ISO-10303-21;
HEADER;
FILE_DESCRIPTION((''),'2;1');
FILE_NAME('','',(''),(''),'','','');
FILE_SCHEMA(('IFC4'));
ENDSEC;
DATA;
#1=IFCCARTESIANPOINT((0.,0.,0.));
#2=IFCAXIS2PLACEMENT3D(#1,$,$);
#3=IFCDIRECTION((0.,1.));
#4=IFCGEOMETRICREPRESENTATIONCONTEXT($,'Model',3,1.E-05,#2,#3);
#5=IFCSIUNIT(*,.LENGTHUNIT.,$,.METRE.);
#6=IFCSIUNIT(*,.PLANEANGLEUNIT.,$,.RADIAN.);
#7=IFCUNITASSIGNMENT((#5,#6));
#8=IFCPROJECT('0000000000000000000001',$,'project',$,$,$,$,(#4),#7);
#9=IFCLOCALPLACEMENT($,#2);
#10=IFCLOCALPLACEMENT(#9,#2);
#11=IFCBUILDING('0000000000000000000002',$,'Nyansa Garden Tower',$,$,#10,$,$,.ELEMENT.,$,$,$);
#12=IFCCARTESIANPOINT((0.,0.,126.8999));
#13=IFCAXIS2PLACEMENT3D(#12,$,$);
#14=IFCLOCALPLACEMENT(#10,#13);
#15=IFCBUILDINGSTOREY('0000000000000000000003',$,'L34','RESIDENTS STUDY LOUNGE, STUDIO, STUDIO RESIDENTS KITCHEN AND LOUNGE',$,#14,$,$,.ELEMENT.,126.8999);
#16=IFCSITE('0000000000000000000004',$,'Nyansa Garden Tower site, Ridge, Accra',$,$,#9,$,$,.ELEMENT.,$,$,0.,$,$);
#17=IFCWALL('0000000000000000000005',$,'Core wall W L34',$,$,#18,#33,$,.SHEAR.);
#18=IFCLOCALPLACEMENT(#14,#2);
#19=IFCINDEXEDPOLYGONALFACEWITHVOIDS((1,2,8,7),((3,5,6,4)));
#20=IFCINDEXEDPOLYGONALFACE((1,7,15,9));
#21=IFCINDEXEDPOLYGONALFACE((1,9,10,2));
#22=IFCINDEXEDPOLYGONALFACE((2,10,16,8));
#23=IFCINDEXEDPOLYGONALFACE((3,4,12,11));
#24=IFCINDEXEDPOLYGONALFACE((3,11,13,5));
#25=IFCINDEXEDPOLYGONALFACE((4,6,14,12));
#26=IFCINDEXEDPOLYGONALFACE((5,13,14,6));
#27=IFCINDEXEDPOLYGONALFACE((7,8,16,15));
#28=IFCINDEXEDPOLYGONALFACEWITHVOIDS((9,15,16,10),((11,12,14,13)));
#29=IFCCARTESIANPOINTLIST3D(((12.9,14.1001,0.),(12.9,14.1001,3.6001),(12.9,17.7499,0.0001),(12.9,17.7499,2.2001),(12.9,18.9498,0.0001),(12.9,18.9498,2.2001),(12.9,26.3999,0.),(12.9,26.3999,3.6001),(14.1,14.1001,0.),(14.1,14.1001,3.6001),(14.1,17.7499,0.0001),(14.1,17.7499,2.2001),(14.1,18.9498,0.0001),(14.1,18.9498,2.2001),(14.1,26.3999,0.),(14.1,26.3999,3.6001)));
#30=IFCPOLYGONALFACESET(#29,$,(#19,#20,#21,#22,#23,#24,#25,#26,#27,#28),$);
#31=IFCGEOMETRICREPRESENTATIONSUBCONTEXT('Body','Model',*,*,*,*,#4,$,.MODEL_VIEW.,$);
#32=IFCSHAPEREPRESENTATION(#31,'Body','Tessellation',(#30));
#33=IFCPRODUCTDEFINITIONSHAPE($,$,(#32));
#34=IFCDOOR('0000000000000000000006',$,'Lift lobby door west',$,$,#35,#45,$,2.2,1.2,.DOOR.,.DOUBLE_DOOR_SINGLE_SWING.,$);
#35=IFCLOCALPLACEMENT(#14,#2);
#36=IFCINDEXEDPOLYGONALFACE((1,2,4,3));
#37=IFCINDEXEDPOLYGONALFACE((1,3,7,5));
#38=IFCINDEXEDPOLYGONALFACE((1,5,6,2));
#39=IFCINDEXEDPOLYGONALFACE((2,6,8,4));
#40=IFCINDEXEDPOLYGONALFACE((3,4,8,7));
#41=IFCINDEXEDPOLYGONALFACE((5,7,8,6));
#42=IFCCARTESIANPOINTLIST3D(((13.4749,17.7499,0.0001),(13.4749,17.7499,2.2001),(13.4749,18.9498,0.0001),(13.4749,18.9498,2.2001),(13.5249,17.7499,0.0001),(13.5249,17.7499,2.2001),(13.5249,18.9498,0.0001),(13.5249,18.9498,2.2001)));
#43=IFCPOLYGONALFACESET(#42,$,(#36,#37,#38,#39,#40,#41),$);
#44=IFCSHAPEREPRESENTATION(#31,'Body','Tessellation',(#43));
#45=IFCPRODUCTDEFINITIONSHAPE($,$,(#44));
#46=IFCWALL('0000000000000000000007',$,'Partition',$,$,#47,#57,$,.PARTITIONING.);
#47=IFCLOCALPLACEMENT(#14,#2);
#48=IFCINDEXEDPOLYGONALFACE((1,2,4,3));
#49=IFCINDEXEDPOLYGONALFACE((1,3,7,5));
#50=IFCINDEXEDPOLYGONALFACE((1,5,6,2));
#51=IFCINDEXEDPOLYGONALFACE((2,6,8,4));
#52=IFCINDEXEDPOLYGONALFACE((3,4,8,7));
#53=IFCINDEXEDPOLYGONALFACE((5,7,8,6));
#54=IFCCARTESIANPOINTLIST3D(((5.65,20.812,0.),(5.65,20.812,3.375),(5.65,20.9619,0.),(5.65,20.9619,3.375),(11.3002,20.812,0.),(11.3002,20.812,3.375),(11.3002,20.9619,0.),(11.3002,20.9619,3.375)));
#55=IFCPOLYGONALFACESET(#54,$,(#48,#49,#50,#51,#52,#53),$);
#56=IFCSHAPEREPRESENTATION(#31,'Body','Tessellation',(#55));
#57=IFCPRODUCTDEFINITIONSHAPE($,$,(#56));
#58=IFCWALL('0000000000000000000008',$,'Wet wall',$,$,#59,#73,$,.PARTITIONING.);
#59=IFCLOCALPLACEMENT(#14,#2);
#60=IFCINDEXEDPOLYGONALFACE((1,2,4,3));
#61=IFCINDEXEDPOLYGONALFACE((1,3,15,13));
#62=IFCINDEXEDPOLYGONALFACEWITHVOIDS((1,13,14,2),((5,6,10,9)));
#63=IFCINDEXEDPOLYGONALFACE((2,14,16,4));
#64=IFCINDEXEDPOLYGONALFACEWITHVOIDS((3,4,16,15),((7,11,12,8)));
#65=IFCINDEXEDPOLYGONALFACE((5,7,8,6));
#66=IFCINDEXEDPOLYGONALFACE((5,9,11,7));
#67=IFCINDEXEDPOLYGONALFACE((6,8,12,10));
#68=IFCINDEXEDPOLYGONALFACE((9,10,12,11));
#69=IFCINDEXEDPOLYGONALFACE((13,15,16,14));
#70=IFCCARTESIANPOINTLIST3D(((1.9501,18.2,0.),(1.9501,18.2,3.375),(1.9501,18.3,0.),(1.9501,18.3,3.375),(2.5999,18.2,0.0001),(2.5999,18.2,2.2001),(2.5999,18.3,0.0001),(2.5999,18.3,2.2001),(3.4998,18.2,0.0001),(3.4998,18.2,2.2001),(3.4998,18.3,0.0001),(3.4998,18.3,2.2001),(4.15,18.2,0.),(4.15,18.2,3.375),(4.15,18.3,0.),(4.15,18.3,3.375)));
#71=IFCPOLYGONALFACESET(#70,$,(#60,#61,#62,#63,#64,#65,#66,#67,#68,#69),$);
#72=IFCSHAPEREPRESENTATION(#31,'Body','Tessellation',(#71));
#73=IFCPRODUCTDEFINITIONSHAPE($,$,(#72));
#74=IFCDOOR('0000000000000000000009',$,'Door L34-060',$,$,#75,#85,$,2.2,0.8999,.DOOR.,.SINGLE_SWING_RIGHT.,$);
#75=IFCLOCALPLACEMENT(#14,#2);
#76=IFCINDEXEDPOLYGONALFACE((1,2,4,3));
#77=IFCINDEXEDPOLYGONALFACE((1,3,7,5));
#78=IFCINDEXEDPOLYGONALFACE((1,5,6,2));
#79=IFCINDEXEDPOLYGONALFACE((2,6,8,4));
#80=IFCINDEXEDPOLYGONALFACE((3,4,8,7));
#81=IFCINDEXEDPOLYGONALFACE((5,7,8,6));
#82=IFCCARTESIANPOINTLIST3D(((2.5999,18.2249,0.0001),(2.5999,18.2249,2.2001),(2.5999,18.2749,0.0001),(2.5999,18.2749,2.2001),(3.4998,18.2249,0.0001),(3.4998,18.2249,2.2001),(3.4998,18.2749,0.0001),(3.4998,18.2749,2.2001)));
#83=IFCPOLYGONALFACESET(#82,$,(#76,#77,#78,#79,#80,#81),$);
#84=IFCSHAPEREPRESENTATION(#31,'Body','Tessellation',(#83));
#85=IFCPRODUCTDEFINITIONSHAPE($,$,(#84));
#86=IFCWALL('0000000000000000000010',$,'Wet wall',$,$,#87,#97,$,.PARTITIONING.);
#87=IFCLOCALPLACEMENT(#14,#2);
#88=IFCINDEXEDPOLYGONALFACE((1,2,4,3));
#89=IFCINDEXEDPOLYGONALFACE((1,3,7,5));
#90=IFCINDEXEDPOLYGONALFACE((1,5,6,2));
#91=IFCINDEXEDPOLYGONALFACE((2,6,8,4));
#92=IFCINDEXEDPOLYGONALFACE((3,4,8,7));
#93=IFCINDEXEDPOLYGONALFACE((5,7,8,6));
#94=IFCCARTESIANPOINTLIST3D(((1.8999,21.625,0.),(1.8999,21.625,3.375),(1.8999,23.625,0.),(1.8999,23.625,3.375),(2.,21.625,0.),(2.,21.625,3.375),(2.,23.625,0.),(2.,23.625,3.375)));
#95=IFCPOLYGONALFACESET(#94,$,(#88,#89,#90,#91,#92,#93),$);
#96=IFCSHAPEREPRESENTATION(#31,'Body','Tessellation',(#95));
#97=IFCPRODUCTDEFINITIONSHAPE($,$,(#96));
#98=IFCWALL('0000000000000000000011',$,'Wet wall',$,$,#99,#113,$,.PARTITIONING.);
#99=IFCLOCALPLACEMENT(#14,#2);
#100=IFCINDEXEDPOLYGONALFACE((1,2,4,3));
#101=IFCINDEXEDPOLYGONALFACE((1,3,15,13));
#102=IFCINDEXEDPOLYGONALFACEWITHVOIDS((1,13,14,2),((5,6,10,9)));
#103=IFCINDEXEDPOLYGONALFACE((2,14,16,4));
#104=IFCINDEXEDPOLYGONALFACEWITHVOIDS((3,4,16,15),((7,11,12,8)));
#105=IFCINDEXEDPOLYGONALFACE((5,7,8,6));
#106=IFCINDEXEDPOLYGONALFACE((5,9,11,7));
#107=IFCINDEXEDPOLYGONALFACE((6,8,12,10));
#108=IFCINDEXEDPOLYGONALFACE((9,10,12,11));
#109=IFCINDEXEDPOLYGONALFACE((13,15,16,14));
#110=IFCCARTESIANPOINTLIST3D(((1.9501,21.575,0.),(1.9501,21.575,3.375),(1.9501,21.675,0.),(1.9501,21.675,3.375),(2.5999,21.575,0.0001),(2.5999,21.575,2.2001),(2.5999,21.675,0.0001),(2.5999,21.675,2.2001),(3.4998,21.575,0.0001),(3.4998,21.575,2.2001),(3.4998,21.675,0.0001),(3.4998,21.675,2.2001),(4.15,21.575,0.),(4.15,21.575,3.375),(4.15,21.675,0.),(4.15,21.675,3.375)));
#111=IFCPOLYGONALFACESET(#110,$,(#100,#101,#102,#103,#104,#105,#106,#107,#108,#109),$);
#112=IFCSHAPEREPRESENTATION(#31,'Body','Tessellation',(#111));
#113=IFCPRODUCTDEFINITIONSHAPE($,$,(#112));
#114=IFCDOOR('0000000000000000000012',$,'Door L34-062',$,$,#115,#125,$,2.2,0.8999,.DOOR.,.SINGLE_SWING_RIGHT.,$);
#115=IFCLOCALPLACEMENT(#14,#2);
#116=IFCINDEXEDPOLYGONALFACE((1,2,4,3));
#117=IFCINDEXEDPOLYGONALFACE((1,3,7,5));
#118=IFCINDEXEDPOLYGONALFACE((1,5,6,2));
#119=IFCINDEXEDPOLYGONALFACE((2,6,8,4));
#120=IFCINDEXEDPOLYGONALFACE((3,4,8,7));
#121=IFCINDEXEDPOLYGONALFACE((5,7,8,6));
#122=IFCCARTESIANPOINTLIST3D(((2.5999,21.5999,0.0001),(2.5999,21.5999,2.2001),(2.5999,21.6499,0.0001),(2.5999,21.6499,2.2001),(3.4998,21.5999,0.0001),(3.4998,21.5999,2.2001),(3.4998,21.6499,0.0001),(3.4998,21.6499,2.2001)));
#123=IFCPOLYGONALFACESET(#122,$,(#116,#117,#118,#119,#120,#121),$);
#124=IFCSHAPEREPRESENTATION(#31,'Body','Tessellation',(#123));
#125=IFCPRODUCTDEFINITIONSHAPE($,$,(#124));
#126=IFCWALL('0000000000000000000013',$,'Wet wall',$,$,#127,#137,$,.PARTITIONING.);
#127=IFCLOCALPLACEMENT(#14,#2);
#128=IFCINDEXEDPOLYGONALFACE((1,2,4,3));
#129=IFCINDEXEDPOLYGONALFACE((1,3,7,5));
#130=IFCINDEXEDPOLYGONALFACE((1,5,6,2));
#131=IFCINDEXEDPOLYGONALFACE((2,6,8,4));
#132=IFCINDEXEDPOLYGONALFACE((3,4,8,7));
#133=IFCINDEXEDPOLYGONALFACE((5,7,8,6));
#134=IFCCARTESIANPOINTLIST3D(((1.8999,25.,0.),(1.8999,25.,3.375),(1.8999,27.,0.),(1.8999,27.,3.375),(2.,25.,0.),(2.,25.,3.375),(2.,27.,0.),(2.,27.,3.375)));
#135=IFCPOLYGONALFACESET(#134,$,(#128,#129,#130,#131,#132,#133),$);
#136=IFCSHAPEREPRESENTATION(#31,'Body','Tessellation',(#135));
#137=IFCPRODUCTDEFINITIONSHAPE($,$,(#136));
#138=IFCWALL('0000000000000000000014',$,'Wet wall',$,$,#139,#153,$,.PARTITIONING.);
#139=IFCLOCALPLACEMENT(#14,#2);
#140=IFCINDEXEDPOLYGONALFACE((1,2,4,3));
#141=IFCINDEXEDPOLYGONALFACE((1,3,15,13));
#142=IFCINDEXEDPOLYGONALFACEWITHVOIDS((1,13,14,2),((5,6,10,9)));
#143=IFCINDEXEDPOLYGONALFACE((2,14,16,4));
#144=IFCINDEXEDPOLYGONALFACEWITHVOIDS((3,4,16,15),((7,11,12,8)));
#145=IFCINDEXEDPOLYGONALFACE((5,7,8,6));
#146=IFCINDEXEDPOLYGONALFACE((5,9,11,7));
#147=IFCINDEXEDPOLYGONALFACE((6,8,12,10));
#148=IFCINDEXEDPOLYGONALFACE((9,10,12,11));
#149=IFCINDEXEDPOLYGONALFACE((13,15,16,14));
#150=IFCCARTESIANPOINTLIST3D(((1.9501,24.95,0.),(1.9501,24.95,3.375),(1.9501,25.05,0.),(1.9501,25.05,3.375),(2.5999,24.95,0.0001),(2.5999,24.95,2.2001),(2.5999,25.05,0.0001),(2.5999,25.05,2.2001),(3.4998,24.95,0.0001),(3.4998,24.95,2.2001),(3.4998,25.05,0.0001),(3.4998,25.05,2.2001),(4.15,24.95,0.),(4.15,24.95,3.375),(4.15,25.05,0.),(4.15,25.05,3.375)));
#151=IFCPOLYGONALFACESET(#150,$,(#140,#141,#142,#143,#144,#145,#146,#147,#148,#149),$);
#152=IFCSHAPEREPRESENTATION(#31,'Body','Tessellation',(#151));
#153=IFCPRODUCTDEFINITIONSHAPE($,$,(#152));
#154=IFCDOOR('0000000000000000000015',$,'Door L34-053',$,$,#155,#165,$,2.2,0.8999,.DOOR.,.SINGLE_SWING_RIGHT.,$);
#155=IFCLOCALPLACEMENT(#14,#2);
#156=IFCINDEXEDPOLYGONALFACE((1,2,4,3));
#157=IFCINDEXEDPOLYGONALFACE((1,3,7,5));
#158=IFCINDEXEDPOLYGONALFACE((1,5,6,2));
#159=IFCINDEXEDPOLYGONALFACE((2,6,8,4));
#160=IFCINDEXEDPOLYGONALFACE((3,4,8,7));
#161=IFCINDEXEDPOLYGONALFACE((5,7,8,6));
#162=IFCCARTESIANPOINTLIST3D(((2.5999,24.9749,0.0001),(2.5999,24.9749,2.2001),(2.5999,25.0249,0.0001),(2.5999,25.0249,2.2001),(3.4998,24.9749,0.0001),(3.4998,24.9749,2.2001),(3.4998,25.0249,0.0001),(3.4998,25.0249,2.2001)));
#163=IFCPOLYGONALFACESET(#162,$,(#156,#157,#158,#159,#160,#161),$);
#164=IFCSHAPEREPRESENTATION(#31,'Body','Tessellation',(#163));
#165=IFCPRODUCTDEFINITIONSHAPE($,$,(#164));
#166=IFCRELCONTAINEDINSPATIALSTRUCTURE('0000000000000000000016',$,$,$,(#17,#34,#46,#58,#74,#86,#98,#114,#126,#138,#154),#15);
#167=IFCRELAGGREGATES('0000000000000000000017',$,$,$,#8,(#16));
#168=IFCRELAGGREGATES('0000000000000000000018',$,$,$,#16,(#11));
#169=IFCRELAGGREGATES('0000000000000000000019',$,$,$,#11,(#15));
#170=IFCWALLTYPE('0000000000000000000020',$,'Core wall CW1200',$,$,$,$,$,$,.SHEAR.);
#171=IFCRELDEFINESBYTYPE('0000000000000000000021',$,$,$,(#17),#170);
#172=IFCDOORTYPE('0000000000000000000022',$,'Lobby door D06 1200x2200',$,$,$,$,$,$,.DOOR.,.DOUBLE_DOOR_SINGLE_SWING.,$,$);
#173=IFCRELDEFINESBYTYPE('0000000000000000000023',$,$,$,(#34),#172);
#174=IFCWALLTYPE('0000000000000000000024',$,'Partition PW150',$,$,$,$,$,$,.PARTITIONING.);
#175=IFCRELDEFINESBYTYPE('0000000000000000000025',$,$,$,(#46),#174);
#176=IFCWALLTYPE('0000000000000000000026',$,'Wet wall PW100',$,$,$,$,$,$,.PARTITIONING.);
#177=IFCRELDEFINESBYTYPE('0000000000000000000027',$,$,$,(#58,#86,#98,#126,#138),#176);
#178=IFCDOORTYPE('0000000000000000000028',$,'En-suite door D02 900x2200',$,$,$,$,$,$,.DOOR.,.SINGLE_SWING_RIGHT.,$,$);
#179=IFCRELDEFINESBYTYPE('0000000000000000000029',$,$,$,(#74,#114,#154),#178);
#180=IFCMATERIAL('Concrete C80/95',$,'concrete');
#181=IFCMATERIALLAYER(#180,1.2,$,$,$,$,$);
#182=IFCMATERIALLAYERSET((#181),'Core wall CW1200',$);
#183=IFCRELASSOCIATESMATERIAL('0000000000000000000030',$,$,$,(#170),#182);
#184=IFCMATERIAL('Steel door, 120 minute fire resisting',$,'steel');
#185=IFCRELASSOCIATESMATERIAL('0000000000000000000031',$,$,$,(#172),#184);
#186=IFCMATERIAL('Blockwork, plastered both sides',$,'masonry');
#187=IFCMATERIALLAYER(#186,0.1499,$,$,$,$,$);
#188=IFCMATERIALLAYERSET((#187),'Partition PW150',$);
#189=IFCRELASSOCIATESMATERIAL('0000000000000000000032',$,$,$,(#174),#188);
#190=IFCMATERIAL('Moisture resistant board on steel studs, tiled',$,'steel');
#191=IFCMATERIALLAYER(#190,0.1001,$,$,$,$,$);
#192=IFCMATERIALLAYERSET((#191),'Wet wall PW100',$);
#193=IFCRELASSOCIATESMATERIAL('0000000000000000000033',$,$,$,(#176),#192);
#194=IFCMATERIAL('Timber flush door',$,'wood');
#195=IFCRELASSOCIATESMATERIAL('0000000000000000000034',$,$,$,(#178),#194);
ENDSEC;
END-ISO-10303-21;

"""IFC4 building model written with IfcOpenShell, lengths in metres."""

from ifc_helpers import new_model, si_unit, direction, frame, frame_2d, origin, place, context, subcontext, project, spatial, rectangle, extrude, material, layer, layer_set, type_object, element, fill, save


model = new_model("IFC4")

# Units and contexts
model_context = context("Model", 3, precision=1e-05, world=origin(), true_north=direction((0.0, 1.0)))
body_context = subcontext(model_context, "Body", "Model", "MODEL_VIEW")
ifc_project = project(units=[si_unit("LENGTHUNIT", "METRE"), si_unit("PLANEANGLEUNIT", "RADIAN")], contexts=[model_context])

# Site, building, storey
site_placement = place(None, origin())
site = spatial("IfcSite", under=ifc_project, at=site_placement, Name="Nyansa Garden Tower site, Ridge, Accra", CompositionType="ELEMENT", RefElevation=0.0)
building_placement = place(site_placement, origin())
building = spatial("IfcBuilding", under=site, at=building_placement, Name="Nyansa Garden Tower", CompositionType="ELEMENT")
storey_placement = place(building_placement, frame((0.0, 0.0, 126.8999)))
storey = spatial("IfcBuildingStorey", under=building, at=storey_placement, Name="L34", Description="RESIDENTS STUDY LOUNGE, STUDIO, STUDIO RESIDENTS KITCHEN AND LOUNGE", CompositionType="ELEMENT", Elevation=126.8999)

# Wall, opening, door
ifc_material_1 = material(Name="Concrete C80/95", Category="concrete")
ifc_layer_1 = layer(ifc_material_1, 1.2)
ifc_layer_set_1 = layer_set([ifc_layer_1], Name="Core wall CW1200")
wall_type_1 = type_object("IfcWallType", Name="Core wall CW1200", PredefinedType="SHEAR", material=ifc_layer_set_1)
wall_1_placement = place(storey_placement, frame((13.5, 26.3999, 0.0), z_axis=(0.0, 0.0, 1.0), x_axis=(0.0, -1.0, 0.0)))
wall_1 = element("IfcWall", 1, at=wall_1_placement, inside=storey, type_object=wall_type_1, Name="Core wall W L34", PredefinedType="SHEAR", context=body_context, shape_type="SweptSolid", body=[
    extrude(rectangle(XDim=12.2998, YDim=1.2, at=frame_2d((6.1499, 0.0))), origin(), (0.0, 0.0, 1.0), 3.6001),
])
opening_1_placement = place(wall_1_placement, frame((7.45, 0.0, 0.0)))
opening_1 = element("IfcOpeningElement", 2, at=opening_1_placement, cuts=wall_1, PredefinedType="OPENING", context=body_context, shape_type="SweptSolid", body=[
    extrude(rectangle(XDim=1.2, YDim=2.2, at=frame_2d((0.6001, 1.1001))), frame((0.0, 0.6099, 0.0), z_axis=(0.0, -1.0, 0.0), x_axis=(1.0, 0.0, 0.0)), (0.0, 0.0, 1.0), 1.22),
])
ifc_material_2 = material(Name="Steel door, 120 minute fire resisting", Category="steel")
door_type_1 = type_object("IfcDoorType", Name="Lobby door D06 1200x2200", OperationType="DOUBLE_DOOR_SINGLE_SWING", PredefinedType="DOOR", material=ifc_material_2)
door_1_placement = place(opening_1_placement, origin())
door_1 = element("IfcDoor", 3, at=door_1_placement, inside=storey, type_object=door_type_1, Name="Lift lobby door west", OperationType="DOUBLE_DOOR_SINGLE_SWING", OverallHeight=2.2, OverallWidth=1.2, PredefinedType="DOOR", context=body_context, shape_type="SweptSolid", body=[
    extrude(rectangle(XDim=1.2, YDim=2.2, at=frame_2d((0.6001, 1.1001))), frame((0.0, 0.0249, 0.0), z_axis=(0.0, -1.0, 0.0), x_axis=(1.0, 0.0, 0.0)), (0.0, 0.0, 1.0), 0.05),
])
fill(opening_1, door_1)

# Wall
ifc_material_3 = material(Name="Blockwork, plastered both sides", Category="masonry")
ifc_layer_2 = layer(ifc_material_3, 0.1499)
ifc_layer_set_2 = layer_set([ifc_layer_2], Name="Partition PW150")
wall_type_2 = type_object("IfcWallType", Name="Partition PW150", PredefinedType="PARTITIONING", material=ifc_layer_set_2)
wall_2_placement = place(storey_placement, frame((5.6499, 20.887, 0.0), z_axis=(0.0, 0.0, 1.0), x_axis=(1.0, 0.0, 0.0)))
element("IfcWall", 4, at=wall_2_placement, inside=storey, type_object=wall_type_2, Name="Partition", PredefinedType="PARTITIONING", context=body_context, shape_type="SweptSolid", body=[
    extrude(rectangle(XDim=5.6501, YDim=0.1499, at=frame_2d((2.8252, 0.0))), origin(), (0.0, 0.0, 1.0), 3.375),
])

# Wall, opening, door
ifc_material_4 = material(Name="Moisture resistant board on steel studs, tiled", Category="steel")
ifc_layer_3 = layer(ifc_material_4, 0.1001)
ifc_layer_set_3 = layer_set([ifc_layer_3], Name="Wet wall PW100")
wall_type_3 = type_object("IfcWallType", Name="Wet wall PW100", PredefinedType="PARTITIONING", material=ifc_layer_set_3)
wall_3_placement = place(storey_placement, frame((1.95, 18.25, 0.0), z_axis=(0.0, 0.0, 1.0), x_axis=(1.0, 0.0, 0.0)))
wall_3 = element("IfcWall", 5, at=wall_3_placement, inside=storey, type_object=wall_type_3, Name="Wet wall", PredefinedType="PARTITIONING", context=body_context, shape_type="SweptSolid", body=[
    extrude(rectangle(XDim=2.2, YDim=0.1001, at=frame_2d((1.1001, 0.0))), origin(), (0.0, 0.0, 1.0), 3.375),
])
opening_2_placement = place(wall_3_placement, frame((0.6499, 0.0, 0.0)))
opening_2 = element("IfcOpeningElement", 6, at=opening_2_placement, cuts=wall_3, PredefinedType="OPENING", context=body_context, shape_type="SweptSolid", body=[
    extrude(rectangle(XDim=0.8999, YDim=2.2, at=frame_2d((0.45, 1.1001))), frame((0.0, 0.0601, 0.0), z_axis=(0.0, -1.0, 0.0), x_axis=(1.0, 0.0, 0.0)), (0.0, 0.0, 1.0), 0.1201),
])
ifc_material_5 = material(Name="Timber flush door", Category="wood")
door_type_2 = type_object("IfcDoorType", Name="En-suite door D02 900x2200", OperationType="SINGLE_SWING_RIGHT", PredefinedType="DOOR", material=ifc_material_5)
door_2_placement = place(opening_2_placement, origin())
door_2 = element("IfcDoor", 7, at=door_2_placement, inside=storey, type_object=door_type_2, Name="Door L34-060", OperationType="SINGLE_SWING_RIGHT", OverallHeight=2.2, OverallWidth=0.8999, PredefinedType="DOOR", context=body_context, shape_type="SweptSolid", body=[
    extrude(rectangle(XDim=0.8999, YDim=2.2, at=frame_2d((0.45, 1.1001))), frame((0.0, 0.0249, 0.0), z_axis=(0.0, -1.0, 0.0), x_axis=(1.0, 0.0, 0.0)), (0.0, 0.0, 1.0), 0.05),
])
fill(opening_2, door_2)

# Wall
wall_4_placement = place(storey_placement, frame((1.95, 21.625, 0.0), z_axis=(0.0, 0.0, 1.0), x_axis=(0.0, 1.0, 0.0)))
element("IfcWall", 8, at=wall_4_placement, inside=storey, type_object=wall_type_3, Name="Wet wall", PredefinedType="PARTITIONING", context=body_context, shape_type="SweptSolid", body=[
    extrude(rectangle(XDim=2.0, YDim=0.1001, at=frame_2d((1.0, 0.0))), origin(), (0.0, 0.0, 1.0), 3.375),
])

# Wall, opening, door
wall_5_placement = place(storey_placement, frame((1.95, 21.625, 0.0), z_axis=(0.0, 0.0, 1.0), x_axis=(1.0, 0.0, 0.0)))
wall_5 = element("IfcWall", 9, at=wall_5_placement, inside=storey, type_object=wall_type_3, Name="Wet wall", PredefinedType="PARTITIONING", context=body_context, shape_type="SweptSolid", body=[
    extrude(rectangle(XDim=2.2, YDim=0.1001, at=frame_2d((1.1001, 0.0))), origin(), (0.0, 0.0, 1.0), 3.375),
])
opening_3_placement = place(wall_5_placement, frame((0.6499, 0.0, 0.0)))
opening_3 = element("IfcOpeningElement", 10, at=opening_3_placement, cuts=wall_5, PredefinedType="OPENING", context=body_context, shape_type="SweptSolid", body=[
    extrude(rectangle(XDim=0.8999, YDim=2.2, at=frame_2d((0.45, 1.1001))), frame((0.0, 0.0601, 0.0), z_axis=(0.0, -1.0, 0.0), x_axis=(1.0, 0.0, 0.0)), (0.0, 0.0, 1.0), 0.1201),
])
door_3_placement = place(opening_3_placement, origin())
door_3 = element("IfcDoor", 11, at=door_3_placement, inside=storey, type_object=door_type_2, Name="Door L34-062", OperationType="SINGLE_SWING_RIGHT", OverallHeight=2.2, OverallWidth=0.8999, PredefinedType="DOOR", context=body_context, shape_type="SweptSolid", body=[
    extrude(rectangle(XDim=0.8999, YDim=2.2, at=frame_2d((0.45, 1.1001))), frame((0.0, 0.0249, 0.0), z_axis=(0.0, -1.0, 0.0), x_axis=(1.0, 0.0, 0.0)), (0.0, 0.0, 1.0), 0.05),
])
fill(opening_3, door_3)

# Wall
wall_6_placement = place(storey_placement, frame((1.95, 25.0, 0.0), z_axis=(0.0, 0.0, 1.0), x_axis=(0.0, 1.0, 0.0)))
element("IfcWall", 12, at=wall_6_placement, inside=storey, type_object=wall_type_3, Name="Wet wall", PredefinedType="PARTITIONING", context=body_context, shape_type="SweptSolid", body=[
    extrude(rectangle(XDim=2.0, YDim=0.1001, at=frame_2d((1.0, 0.0))), origin(), (0.0, 0.0, 1.0), 3.375),
])

# Wall, opening, door
wall_7_placement = place(storey_placement, frame((1.95, 25.0, 0.0), z_axis=(0.0, 0.0, 1.0), x_axis=(1.0, 0.0, 0.0)))
wall_7 = element("IfcWall", 13, at=wall_7_placement, inside=storey, type_object=wall_type_3, Name="Wet wall", PredefinedType="PARTITIONING", context=body_context, shape_type="SweptSolid", body=[
    extrude(rectangle(XDim=2.2, YDim=0.1001, at=frame_2d((1.1001, 0.0))), origin(), (0.0, 0.0, 1.0), 3.375),
])
opening_4_placement = place(wall_7_placement, frame((0.6499, 0.0, 0.0)))
opening_4 = element("IfcOpeningElement", 14, at=opening_4_placement, cuts=wall_7, PredefinedType="OPENING", context=body_context, shape_type="SweptSolid", body=[
    extrude(rectangle(XDim=0.8999, YDim=2.2, at=frame_2d((0.45, 1.1001))), frame((0.0, 0.0601, 0.0), z_axis=(0.0, -1.0, 0.0), x_axis=(1.0, 0.0, 0.0)), (0.0, 0.0, 1.0), 0.1201),
])
door_4_placement = place(opening_4_placement, origin())
door_4 = element("IfcDoor", 15, at=door_4_placement, inside=storey, type_object=door_type_2, Name="Door L34-053", OperationType="SINGLE_SWING_RIGHT", OverallHeight=2.2, OverallWidth=0.8999, PredefinedType="DOOR", context=body_context, shape_type="SweptSolid", body=[
    extrude(rectangle(XDim=0.8999, YDim=2.2, at=frame_2d((0.45, 1.1001))), frame((0.0, 0.0249, 0.0), z_axis=(0.0, -1.0, 0.0), x_axis=(1.0, 0.0, 0.0)), (0.0, 0.0, 1.0), 0.05),
])
fill(opening_4, door_4)

save(model, "model.ifc")
